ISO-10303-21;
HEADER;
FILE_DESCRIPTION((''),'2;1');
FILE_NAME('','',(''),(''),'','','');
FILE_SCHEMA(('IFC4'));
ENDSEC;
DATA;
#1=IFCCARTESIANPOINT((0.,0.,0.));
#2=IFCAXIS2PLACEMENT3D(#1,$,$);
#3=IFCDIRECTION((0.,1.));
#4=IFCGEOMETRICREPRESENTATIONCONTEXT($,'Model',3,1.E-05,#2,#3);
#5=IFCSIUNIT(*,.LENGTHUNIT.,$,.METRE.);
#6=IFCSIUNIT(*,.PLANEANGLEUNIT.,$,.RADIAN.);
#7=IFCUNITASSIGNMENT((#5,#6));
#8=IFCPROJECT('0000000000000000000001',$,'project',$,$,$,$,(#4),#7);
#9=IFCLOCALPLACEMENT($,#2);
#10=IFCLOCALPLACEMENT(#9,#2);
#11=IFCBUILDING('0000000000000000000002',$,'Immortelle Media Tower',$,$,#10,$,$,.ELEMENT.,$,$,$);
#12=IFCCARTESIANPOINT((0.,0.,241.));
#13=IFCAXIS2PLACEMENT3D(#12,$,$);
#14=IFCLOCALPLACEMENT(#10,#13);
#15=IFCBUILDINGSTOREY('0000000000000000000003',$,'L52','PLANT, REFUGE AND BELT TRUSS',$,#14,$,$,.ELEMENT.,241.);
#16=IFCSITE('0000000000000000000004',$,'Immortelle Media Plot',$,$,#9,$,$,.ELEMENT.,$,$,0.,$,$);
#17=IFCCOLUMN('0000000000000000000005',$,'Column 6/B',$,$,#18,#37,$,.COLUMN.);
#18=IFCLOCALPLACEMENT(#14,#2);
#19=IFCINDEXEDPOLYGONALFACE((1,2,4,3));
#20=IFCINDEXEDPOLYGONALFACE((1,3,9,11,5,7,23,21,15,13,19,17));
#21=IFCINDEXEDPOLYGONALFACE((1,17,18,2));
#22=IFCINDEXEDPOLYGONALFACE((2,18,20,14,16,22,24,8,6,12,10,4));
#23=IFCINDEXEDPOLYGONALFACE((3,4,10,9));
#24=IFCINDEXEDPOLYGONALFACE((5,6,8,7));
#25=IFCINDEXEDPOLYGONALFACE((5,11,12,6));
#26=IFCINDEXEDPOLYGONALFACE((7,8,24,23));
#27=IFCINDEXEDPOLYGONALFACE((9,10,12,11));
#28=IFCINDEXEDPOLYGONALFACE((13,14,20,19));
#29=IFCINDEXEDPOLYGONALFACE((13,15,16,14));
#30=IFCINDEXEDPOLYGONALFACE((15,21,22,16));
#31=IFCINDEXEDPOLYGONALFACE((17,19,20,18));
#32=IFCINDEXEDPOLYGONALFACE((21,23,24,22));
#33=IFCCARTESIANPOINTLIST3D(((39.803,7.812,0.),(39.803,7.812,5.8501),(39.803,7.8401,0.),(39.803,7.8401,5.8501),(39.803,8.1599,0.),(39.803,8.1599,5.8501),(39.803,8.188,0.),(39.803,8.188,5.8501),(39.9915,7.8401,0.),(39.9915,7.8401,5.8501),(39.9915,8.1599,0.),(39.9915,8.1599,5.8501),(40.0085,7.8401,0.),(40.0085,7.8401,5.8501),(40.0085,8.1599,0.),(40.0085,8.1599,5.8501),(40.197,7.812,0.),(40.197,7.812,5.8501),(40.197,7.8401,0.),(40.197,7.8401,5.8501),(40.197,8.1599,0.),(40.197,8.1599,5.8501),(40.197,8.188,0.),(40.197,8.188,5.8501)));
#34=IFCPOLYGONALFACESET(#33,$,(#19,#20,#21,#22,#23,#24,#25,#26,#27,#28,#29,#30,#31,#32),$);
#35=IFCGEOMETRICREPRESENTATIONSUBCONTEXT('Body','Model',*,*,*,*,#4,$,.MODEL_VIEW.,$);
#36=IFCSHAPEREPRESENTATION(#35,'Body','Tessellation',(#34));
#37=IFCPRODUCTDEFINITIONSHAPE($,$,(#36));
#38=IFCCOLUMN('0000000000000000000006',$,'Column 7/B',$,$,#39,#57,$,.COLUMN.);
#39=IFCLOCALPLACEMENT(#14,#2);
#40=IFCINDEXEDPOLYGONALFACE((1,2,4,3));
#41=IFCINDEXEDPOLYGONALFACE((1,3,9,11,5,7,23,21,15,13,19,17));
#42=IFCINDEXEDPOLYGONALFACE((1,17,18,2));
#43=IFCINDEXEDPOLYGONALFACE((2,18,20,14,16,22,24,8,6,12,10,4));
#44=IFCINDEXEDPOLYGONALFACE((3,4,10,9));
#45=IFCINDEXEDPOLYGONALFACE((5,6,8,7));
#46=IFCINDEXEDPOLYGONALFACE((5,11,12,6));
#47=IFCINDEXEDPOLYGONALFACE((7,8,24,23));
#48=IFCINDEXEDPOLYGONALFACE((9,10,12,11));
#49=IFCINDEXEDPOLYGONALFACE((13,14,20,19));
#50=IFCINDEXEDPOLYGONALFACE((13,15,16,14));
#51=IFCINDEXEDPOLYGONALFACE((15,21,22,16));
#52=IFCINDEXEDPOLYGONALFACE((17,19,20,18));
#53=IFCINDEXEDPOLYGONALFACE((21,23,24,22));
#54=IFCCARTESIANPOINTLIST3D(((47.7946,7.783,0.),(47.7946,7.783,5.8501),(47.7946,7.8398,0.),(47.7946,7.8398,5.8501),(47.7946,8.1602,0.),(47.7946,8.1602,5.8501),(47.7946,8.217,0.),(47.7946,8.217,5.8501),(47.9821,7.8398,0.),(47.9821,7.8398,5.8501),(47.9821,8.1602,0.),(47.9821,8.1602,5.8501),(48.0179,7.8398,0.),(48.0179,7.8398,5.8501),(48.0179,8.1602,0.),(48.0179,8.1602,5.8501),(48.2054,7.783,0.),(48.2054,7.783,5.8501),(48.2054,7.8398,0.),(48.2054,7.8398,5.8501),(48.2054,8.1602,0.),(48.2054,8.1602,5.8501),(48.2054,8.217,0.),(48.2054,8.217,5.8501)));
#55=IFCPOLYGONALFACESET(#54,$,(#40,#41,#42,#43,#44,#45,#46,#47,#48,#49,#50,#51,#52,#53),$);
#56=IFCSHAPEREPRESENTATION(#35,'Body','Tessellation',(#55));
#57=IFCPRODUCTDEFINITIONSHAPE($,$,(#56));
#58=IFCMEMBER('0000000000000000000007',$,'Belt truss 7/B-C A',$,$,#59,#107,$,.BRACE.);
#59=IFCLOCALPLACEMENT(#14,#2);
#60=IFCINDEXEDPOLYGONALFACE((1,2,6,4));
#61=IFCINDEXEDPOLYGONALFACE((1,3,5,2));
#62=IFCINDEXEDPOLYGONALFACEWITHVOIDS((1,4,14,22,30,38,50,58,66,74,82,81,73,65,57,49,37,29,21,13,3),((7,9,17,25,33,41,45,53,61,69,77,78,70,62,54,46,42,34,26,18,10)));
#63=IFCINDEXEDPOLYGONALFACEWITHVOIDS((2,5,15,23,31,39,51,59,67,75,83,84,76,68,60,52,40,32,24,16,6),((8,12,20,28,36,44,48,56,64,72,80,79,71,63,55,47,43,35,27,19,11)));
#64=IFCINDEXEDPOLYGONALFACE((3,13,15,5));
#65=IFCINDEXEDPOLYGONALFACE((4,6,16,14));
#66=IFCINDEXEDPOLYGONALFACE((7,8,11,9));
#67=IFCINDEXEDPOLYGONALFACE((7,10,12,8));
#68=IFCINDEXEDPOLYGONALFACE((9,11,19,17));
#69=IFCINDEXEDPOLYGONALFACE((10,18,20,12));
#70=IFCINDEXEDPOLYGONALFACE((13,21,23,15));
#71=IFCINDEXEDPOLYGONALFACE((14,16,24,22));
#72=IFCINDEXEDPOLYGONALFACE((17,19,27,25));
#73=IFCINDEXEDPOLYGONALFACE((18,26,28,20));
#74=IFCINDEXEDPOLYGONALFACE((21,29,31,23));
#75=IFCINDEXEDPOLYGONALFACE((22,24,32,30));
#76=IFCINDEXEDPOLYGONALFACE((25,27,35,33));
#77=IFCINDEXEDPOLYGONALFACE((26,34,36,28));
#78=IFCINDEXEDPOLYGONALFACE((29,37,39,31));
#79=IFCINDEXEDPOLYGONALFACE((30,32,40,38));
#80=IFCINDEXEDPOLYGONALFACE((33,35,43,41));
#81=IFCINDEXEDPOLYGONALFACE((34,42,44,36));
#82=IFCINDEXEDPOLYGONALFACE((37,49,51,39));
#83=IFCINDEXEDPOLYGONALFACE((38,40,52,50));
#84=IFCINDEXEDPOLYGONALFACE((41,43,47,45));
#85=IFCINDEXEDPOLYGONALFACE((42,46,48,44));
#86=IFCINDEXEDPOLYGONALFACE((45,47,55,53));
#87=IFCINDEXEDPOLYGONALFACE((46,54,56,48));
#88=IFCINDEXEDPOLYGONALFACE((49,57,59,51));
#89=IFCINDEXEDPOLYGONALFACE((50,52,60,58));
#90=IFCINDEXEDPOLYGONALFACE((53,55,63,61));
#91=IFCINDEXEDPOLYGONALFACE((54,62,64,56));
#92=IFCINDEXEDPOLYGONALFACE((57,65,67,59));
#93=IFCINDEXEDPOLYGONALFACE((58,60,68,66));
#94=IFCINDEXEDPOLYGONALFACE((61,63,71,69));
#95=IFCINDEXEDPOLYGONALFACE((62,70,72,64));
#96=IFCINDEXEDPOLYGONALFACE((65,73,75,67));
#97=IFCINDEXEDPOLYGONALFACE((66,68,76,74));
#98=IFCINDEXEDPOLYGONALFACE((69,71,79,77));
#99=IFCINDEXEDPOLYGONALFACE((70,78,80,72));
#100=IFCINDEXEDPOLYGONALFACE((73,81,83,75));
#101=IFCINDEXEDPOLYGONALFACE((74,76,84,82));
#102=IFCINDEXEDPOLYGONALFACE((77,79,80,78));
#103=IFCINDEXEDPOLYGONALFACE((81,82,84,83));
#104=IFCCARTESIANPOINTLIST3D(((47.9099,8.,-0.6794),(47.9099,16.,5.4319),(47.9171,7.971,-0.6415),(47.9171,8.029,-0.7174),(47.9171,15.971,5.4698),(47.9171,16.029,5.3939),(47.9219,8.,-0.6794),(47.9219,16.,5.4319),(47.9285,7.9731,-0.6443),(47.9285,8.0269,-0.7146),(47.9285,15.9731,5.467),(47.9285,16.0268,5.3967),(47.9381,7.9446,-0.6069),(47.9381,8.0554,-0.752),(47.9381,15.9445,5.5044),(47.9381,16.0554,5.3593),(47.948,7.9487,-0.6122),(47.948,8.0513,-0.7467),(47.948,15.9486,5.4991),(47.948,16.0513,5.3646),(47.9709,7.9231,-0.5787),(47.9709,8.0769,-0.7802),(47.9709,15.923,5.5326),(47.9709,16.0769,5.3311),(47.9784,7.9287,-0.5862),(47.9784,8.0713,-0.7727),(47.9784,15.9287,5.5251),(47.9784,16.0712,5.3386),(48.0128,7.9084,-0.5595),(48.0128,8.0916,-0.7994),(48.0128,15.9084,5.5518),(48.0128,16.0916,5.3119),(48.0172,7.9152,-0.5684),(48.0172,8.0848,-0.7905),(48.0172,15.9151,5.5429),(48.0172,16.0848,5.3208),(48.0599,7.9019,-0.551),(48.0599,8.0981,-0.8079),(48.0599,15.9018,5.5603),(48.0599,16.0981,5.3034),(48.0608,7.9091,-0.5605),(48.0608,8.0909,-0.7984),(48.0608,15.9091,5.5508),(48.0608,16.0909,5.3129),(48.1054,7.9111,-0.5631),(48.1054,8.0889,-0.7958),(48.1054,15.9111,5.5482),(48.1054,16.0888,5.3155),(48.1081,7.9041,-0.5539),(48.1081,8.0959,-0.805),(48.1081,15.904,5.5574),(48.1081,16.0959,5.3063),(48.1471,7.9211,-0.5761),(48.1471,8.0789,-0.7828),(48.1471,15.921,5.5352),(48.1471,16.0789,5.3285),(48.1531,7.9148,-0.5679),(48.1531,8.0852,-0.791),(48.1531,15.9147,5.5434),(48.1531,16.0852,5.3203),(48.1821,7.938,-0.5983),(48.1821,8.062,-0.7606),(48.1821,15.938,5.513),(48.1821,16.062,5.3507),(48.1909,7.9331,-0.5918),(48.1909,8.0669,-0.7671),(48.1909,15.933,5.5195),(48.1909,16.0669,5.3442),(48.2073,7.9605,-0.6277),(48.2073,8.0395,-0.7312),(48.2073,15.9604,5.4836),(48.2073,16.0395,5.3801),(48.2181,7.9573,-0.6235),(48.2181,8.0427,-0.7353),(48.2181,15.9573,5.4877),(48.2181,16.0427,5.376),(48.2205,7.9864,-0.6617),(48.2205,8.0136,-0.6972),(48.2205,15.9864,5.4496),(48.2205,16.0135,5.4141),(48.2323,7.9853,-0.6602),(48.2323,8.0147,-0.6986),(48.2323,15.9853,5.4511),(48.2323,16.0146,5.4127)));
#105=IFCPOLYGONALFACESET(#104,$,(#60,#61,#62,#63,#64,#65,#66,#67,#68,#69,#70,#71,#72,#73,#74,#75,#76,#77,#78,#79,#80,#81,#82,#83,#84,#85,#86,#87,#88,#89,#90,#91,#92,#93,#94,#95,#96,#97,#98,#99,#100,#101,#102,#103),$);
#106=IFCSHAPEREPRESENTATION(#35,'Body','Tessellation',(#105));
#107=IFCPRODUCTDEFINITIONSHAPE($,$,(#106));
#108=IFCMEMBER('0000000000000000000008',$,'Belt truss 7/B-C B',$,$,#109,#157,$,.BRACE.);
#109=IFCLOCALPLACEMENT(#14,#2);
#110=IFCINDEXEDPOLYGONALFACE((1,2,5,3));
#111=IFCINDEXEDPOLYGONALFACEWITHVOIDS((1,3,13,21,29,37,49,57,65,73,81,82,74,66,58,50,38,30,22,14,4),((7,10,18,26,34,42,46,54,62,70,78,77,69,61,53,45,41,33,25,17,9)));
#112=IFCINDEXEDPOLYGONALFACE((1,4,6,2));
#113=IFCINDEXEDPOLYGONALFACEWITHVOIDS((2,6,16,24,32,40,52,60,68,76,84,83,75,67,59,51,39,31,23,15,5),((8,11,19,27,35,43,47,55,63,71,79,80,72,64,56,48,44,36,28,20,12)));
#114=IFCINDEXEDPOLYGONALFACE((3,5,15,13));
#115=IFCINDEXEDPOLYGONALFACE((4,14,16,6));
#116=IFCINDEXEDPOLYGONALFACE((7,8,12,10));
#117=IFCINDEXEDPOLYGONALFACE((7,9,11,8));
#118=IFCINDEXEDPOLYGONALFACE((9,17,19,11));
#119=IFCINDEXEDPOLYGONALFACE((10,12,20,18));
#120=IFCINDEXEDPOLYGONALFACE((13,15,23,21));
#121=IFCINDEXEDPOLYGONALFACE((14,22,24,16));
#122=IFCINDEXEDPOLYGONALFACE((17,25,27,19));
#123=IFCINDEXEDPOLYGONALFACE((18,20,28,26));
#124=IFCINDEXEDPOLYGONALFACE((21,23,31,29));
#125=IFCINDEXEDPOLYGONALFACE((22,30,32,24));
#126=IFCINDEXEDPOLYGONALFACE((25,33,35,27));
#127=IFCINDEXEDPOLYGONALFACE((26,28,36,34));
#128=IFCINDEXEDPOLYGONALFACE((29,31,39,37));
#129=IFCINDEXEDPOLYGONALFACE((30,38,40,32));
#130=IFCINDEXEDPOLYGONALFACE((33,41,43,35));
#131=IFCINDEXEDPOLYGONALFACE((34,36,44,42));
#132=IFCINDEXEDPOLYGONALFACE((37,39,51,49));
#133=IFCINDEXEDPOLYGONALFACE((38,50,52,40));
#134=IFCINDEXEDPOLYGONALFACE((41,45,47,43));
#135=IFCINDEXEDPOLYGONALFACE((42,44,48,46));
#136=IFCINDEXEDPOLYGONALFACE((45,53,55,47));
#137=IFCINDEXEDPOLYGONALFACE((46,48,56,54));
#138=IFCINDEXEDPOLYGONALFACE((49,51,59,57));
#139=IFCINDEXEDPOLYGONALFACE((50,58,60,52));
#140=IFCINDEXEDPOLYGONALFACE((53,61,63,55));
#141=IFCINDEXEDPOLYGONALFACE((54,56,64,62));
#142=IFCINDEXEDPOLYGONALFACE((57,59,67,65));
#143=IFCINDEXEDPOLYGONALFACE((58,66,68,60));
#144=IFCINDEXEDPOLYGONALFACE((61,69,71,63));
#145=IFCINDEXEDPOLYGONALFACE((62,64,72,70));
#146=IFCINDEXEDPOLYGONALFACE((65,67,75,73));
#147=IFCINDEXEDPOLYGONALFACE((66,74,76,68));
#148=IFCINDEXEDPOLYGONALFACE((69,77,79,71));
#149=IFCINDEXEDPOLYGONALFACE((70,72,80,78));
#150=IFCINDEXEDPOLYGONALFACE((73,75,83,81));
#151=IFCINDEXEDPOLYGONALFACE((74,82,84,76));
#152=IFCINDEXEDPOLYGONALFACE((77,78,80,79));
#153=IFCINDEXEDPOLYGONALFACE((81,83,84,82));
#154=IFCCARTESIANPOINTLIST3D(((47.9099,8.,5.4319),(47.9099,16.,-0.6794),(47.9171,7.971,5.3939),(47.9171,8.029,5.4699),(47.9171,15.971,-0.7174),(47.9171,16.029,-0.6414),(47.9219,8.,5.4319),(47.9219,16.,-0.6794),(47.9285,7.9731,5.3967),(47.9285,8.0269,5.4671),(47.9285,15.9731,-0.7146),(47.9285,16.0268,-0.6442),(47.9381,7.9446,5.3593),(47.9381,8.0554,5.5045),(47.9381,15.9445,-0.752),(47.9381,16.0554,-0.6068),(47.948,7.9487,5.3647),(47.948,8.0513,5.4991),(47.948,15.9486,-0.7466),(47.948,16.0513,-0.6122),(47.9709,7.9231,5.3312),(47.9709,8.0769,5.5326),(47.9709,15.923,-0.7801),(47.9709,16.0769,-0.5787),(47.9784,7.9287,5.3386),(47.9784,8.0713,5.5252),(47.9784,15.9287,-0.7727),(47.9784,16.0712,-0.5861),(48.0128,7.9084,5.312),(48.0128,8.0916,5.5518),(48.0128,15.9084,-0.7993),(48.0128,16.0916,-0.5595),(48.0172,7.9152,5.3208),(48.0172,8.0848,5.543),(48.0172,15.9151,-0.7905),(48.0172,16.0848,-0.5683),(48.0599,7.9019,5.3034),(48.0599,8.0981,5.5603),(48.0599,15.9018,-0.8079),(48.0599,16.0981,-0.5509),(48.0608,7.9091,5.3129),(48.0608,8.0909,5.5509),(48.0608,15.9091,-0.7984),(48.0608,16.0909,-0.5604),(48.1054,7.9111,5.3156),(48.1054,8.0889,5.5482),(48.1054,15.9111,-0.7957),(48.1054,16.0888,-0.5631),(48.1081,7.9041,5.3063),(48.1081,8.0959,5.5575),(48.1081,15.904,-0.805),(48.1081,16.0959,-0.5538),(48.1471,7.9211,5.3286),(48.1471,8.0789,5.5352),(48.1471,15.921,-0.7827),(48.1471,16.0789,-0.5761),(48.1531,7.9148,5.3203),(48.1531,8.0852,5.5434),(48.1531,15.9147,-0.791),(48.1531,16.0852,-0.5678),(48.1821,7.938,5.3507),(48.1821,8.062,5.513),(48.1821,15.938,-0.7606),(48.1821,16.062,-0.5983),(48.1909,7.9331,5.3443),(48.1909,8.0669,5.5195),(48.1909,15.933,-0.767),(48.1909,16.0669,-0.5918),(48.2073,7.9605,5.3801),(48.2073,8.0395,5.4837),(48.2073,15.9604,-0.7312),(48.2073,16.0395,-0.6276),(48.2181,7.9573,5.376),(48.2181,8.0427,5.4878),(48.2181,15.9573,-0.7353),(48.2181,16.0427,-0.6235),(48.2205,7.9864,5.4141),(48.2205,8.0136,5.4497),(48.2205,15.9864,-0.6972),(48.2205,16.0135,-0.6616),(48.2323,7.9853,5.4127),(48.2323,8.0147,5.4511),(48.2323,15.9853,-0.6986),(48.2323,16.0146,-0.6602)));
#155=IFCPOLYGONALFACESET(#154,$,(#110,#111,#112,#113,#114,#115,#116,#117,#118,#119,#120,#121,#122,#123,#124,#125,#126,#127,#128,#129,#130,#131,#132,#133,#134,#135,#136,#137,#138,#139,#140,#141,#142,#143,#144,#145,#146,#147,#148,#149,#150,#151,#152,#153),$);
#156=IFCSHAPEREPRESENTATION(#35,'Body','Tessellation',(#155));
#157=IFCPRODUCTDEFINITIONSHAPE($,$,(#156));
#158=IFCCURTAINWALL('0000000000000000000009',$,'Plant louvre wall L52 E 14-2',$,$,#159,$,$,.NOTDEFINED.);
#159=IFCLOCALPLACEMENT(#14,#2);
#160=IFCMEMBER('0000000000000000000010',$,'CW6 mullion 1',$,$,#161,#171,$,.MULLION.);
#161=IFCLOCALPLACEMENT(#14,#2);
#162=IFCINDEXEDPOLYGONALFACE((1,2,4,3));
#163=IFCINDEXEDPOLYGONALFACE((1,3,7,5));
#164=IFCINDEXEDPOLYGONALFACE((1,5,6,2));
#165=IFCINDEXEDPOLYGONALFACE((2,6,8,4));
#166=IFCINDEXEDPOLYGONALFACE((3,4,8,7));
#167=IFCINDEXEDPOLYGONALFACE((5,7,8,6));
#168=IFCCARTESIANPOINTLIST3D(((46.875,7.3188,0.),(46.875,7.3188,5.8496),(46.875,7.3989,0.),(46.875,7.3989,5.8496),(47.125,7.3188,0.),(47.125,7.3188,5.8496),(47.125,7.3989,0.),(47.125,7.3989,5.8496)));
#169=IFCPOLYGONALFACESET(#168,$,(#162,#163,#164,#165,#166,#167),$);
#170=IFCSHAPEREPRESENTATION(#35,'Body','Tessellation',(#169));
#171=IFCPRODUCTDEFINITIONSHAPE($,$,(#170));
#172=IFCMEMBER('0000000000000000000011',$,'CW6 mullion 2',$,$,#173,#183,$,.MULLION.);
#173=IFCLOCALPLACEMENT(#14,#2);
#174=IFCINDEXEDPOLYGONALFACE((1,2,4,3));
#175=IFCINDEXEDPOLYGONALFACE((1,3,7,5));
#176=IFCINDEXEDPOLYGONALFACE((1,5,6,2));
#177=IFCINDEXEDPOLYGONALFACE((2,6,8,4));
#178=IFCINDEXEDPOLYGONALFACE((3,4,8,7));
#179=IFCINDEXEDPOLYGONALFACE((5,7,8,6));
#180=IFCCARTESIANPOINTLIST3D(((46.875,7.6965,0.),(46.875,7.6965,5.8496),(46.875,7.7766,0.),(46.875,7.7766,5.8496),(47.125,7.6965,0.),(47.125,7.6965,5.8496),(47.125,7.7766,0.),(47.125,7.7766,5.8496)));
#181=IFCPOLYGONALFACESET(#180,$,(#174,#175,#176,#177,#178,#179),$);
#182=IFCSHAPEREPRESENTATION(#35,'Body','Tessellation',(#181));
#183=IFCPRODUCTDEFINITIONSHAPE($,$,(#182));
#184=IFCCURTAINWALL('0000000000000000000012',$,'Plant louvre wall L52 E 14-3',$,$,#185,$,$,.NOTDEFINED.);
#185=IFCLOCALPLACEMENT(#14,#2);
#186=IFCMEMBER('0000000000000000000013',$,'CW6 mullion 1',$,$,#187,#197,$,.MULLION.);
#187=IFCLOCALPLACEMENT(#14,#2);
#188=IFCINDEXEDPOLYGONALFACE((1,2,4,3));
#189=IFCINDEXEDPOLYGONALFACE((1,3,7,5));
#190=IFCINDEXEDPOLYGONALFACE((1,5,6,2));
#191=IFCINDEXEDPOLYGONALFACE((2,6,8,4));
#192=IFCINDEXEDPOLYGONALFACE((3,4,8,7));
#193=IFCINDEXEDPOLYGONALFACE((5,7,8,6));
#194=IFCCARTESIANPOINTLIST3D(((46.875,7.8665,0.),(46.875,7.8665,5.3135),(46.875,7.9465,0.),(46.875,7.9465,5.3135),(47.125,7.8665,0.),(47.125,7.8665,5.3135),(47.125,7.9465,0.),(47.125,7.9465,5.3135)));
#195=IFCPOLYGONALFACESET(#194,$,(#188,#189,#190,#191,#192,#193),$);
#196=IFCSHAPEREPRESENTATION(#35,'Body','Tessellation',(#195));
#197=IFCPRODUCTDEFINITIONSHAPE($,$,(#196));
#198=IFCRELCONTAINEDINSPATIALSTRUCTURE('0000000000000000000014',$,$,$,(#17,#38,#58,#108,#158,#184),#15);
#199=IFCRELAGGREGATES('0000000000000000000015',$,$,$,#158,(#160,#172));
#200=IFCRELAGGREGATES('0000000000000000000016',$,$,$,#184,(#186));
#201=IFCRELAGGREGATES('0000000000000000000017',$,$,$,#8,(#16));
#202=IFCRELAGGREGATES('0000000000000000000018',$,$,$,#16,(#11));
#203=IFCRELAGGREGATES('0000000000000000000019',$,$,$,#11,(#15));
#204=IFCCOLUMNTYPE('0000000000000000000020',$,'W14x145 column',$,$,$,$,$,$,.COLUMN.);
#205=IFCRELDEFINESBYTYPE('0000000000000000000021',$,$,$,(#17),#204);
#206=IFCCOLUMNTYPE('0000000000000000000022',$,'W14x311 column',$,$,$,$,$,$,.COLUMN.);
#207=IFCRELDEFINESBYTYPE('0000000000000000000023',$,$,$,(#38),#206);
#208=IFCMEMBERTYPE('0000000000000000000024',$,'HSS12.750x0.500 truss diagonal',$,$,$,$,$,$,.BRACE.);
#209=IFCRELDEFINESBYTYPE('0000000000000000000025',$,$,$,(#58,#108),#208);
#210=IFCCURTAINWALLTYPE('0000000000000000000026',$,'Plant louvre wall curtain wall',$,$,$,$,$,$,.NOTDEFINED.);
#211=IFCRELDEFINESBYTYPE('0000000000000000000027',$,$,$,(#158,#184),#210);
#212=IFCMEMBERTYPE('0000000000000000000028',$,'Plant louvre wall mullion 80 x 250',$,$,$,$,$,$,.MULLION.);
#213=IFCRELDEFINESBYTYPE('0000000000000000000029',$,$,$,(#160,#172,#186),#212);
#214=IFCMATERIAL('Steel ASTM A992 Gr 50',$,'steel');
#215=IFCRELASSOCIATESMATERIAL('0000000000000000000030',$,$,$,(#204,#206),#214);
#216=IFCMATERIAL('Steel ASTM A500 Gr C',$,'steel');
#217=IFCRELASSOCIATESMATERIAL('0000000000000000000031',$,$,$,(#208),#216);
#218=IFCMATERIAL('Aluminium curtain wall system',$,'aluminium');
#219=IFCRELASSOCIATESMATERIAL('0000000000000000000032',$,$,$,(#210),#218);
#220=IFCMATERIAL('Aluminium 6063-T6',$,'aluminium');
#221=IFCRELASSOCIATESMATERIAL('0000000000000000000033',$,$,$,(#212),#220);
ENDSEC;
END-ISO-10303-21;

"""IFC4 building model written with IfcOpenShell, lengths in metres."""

from ifc_helpers import new_model, si_unit, direction, frame, origin, origin_2d, place, context, subcontext, project, spatial, rectangle, hollow_circle, i_section, extrude, material, material_profile, profile_set, type_object, element, aggregate, save


model = new_model("IFC4")

# Units and contexts
model_context = context("Model", 3, precision=1e-05, world=origin(), true_north=direction((0.0, 1.0)))
body_context = subcontext(model_context, "Body", "Model", "MODEL_VIEW")
ifc_project = project(units=[si_unit("LENGTHUNIT", "METRE"), si_unit("PLANEANGLEUNIT", "RADIAN")], contexts=[model_context])

# Site, building, storey
site_placement = place(None, origin())
site = spatial("IfcSite", under=ifc_project, at=site_placement, Name="Immortelle Media Plot", CompositionType="ELEMENT", RefElevation=0.0)
building_placement = place(site_placement, origin())
building = spatial("IfcBuilding", under=site, at=building_placement, Name="Immortelle Media Tower", CompositionType="ELEMENT")
storey_placement = place(building_placement, frame((0.0, 0.0, 241.0)))
storey = spatial("IfcBuildingStorey", under=building, at=storey_placement, Name="L52", Description="PLANT, REFUGE AND BELT TRUSS", CompositionType="ELEMENT", Elevation=241.0)

# Columns
ifc_material_1 = material(Name="Steel ASTM A992 Gr 50", Category="steel")
ifc_material_profile_1 = material_profile(ifc_material_1, i_section(OverallWidth=0.394, OverallDepth=0.376, WebThickness=0.0171, FlangeThickness=0.0281, at=origin_2d()), Name="W14x145")
ifc_profile_set_1 = profile_set([ifc_material_profile_1], Name="Steel ASTM A992 Gr 50")
column_type_1 = type_object("IfcColumnType", Name="W14x145 column", PredefinedType="COLUMN", material=ifc_profile_set_1)
column_1_placement = place(storey_placement, frame((40.0, 8.0, 0.0), z_axis=(0.0, 0.0, 1.0), x_axis=(1.0, 0.0, 0.0)))
element("IfcColumn", 1, at=column_1_placement, inside=storey, type_object=column_type_1, Name="Column 6/B", PredefinedType="COLUMN", context=body_context, shape_type="SweptSolid", body=[
    extrude(i_section(OverallWidth=0.394, OverallDepth=0.376, WebThickness=0.0171, FlangeThickness=0.0281, at=origin_2d()), origin(), (0.0, 0.0, 1.0), 5.8501),
])
ifc_material_profile_2 = material_profile(ifc_material_1, i_section(OverallWidth=0.4109, OverallDepth=0.4341, WebThickness=0.0359, FlangeThickness=0.0569, at=origin_2d()), Name="W14x311")
ifc_profile_set_2 = profile_set([ifc_material_profile_2], Name="Steel ASTM A992 Gr 50")
column_type_2 = type_object("IfcColumnType", Name="W14x311 column", PredefinedType="COLUMN", material=ifc_profile_set_2)
column_2_placement = place(storey_placement, frame((48.0, 8.0, 0.0), z_axis=(0.0, 0.0, 1.0), x_axis=(1.0, 0.0, 0.0)))
element("IfcColumn", 2, at=column_2_placement, inside=storey, type_object=column_type_2, Name="Column 7/B", PredefinedType="COLUMN", context=body_context, shape_type="SweptSolid", body=[
    extrude(i_section(OverallWidth=0.4109, OverallDepth=0.4341, WebThickness=0.0359, FlangeThickness=0.0569, at=origin_2d()), origin(), (0.0, 0.0, 1.0), 5.8501),
])

# Members
ifc_material_2 = material(Name="Steel ASTM A500 Gr C", Category="steel")
ifc_material_profile_3 = material_profile(ifc_material_2, hollow_circle(Radius=0.1621, WallThickness=0.012, at=origin_2d()), Name="HSS12.750x0.500 truss diagonal")
ifc_profile_set_3 = profile_set([ifc_material_profile_3], Name="Steel ASTM A500 Gr C")
member_type_1 = type_object("IfcMemberType", Name="HSS12.750x0.500 truss diagonal", PredefinedType="BRACE", material=ifc_profile_set_3)
for number, where, z_axis, x_axis, name in (
    (3, (48.072, 8.0, -0.6794), (0.0, 0.794661, 0.607054), (-1.0, 0.0, 0.0), "Belt truss 7/B-C A"),
    (4, (48.072, 8.0, 5.4319), (0.0, 0.794661, -0.607054), (-1.0, 0.0, 0.0), "Belt truss 7/B-C B"),
):
    element("IfcMember", number, at=place(storey_placement, frame(where, z_axis=z_axis, x_axis=x_axis)), inside=storey, type_object=member_type_1, Name=name, PredefinedType="BRACE", context=body_context, shape_type="SweptSolid", body=[
        extrude(hollow_circle(Radius=0.1621, WallThickness=0.012, at=origin_2d()), origin(), (0.0, 0.0, 1.0), 10.0671),
    ])

# Curtain walls, members
ifc_material_3 = material(Name="Aluminium curtain wall system", Category="aluminium")
curtain_wall_type = type_object("IfcCurtainWallType", Name="Plant louvre wall curtain wall", PredefinedType="NOTDEFINED", material=ifc_material_3)
curtain_wall_1_placement = place(storey_placement, origin())
curtain_wall_1 = element("IfcCurtainWall", 5, at=curtain_wall_1_placement, inside=storey, type_object=curtain_wall_type, Name="Plant louvre wall L52 E 14-2", PredefinedType="NOTDEFINED")
ifc_material_4 = material(Name="Aluminium 6063-T6", Category="aluminium")
ifc_material_profile_4 = material_profile(ifc_material_4, rectangle(XDim=0.25, YDim=0.0801, at=origin_2d()), Name="AL 80x250")
ifc_profile_set_4 = profile_set([ifc_material_profile_4], Name="Aluminium 6063-T6")
member_type_2 = type_object("IfcMemberType", Name="Plant louvre wall mullion 80 x 250", PredefinedType="MULLION", material=ifc_profile_set_4)
member_1_placement = place(storey_placement, frame((47.0, 7.3589, 0.0), z_axis=(0.0, 0.0, 1.0), x_axis=(-1.0, 0.0, 0.0)))
member_1 = element("IfcMember", 6, at=member_1_placement, type_object=member_type_2, Name="CW6 mullion 1", PredefinedType="MULLION", context=body_context, shape_type="SweptSolid", body=[
    extrude(rectangle(XDim=0.25, YDim=0.0801, at=origin_2d()), origin(), (0.0, 0.0, 1.0), 5.8496),
])
member_2_placement = place(storey_placement, frame((47.0, 7.7366, 0.0), z_axis=(0.0, 0.0, 1.0), x_axis=(-1.0, 0.0, 0.0)))
member_2 = element("IfcMember", 7, at=member_2_placement, type_object=member_type_2, Name="CW6 mullion 2", PredefinedType="MULLION", context=body_context, shape_type="SweptSolid", body=[
    extrude(rectangle(XDim=0.25, YDim=0.0801, at=origin_2d()), origin(), (0.0, 0.0, 1.0), 5.8496),
])
curtain_wall_2_placement = place(storey_placement, origin())
curtain_wall_2 = element("IfcCurtainWall", 8, at=curtain_wall_2_placement, inside=storey, type_object=curtain_wall_type, Name="Plant louvre wall L52 E 14-3", PredefinedType="NOTDEFINED")
member_3_placement = place(storey_placement, frame((47.0, 7.9065, 0.0), z_axis=(0.0, 0.0, 1.0), x_axis=(-1.0, 0.0, 0.0)))
member_3 = element("IfcMember", 9, at=member_3_placement, type_object=member_type_2, Name="CW6 mullion 1", PredefinedType="MULLION", context=body_context, shape_type="SweptSolid", body=[
    extrude(rectangle(XDim=0.25, YDim=0.0801, at=origin_2d()), origin(), (0.0, 0.0, 1.0), 5.3135),
])

aggregate(curtain_wall_1, [member_1, member_2])
aggregate(curtain_wall_2, [member_3])

save(model, "model.ifc")
